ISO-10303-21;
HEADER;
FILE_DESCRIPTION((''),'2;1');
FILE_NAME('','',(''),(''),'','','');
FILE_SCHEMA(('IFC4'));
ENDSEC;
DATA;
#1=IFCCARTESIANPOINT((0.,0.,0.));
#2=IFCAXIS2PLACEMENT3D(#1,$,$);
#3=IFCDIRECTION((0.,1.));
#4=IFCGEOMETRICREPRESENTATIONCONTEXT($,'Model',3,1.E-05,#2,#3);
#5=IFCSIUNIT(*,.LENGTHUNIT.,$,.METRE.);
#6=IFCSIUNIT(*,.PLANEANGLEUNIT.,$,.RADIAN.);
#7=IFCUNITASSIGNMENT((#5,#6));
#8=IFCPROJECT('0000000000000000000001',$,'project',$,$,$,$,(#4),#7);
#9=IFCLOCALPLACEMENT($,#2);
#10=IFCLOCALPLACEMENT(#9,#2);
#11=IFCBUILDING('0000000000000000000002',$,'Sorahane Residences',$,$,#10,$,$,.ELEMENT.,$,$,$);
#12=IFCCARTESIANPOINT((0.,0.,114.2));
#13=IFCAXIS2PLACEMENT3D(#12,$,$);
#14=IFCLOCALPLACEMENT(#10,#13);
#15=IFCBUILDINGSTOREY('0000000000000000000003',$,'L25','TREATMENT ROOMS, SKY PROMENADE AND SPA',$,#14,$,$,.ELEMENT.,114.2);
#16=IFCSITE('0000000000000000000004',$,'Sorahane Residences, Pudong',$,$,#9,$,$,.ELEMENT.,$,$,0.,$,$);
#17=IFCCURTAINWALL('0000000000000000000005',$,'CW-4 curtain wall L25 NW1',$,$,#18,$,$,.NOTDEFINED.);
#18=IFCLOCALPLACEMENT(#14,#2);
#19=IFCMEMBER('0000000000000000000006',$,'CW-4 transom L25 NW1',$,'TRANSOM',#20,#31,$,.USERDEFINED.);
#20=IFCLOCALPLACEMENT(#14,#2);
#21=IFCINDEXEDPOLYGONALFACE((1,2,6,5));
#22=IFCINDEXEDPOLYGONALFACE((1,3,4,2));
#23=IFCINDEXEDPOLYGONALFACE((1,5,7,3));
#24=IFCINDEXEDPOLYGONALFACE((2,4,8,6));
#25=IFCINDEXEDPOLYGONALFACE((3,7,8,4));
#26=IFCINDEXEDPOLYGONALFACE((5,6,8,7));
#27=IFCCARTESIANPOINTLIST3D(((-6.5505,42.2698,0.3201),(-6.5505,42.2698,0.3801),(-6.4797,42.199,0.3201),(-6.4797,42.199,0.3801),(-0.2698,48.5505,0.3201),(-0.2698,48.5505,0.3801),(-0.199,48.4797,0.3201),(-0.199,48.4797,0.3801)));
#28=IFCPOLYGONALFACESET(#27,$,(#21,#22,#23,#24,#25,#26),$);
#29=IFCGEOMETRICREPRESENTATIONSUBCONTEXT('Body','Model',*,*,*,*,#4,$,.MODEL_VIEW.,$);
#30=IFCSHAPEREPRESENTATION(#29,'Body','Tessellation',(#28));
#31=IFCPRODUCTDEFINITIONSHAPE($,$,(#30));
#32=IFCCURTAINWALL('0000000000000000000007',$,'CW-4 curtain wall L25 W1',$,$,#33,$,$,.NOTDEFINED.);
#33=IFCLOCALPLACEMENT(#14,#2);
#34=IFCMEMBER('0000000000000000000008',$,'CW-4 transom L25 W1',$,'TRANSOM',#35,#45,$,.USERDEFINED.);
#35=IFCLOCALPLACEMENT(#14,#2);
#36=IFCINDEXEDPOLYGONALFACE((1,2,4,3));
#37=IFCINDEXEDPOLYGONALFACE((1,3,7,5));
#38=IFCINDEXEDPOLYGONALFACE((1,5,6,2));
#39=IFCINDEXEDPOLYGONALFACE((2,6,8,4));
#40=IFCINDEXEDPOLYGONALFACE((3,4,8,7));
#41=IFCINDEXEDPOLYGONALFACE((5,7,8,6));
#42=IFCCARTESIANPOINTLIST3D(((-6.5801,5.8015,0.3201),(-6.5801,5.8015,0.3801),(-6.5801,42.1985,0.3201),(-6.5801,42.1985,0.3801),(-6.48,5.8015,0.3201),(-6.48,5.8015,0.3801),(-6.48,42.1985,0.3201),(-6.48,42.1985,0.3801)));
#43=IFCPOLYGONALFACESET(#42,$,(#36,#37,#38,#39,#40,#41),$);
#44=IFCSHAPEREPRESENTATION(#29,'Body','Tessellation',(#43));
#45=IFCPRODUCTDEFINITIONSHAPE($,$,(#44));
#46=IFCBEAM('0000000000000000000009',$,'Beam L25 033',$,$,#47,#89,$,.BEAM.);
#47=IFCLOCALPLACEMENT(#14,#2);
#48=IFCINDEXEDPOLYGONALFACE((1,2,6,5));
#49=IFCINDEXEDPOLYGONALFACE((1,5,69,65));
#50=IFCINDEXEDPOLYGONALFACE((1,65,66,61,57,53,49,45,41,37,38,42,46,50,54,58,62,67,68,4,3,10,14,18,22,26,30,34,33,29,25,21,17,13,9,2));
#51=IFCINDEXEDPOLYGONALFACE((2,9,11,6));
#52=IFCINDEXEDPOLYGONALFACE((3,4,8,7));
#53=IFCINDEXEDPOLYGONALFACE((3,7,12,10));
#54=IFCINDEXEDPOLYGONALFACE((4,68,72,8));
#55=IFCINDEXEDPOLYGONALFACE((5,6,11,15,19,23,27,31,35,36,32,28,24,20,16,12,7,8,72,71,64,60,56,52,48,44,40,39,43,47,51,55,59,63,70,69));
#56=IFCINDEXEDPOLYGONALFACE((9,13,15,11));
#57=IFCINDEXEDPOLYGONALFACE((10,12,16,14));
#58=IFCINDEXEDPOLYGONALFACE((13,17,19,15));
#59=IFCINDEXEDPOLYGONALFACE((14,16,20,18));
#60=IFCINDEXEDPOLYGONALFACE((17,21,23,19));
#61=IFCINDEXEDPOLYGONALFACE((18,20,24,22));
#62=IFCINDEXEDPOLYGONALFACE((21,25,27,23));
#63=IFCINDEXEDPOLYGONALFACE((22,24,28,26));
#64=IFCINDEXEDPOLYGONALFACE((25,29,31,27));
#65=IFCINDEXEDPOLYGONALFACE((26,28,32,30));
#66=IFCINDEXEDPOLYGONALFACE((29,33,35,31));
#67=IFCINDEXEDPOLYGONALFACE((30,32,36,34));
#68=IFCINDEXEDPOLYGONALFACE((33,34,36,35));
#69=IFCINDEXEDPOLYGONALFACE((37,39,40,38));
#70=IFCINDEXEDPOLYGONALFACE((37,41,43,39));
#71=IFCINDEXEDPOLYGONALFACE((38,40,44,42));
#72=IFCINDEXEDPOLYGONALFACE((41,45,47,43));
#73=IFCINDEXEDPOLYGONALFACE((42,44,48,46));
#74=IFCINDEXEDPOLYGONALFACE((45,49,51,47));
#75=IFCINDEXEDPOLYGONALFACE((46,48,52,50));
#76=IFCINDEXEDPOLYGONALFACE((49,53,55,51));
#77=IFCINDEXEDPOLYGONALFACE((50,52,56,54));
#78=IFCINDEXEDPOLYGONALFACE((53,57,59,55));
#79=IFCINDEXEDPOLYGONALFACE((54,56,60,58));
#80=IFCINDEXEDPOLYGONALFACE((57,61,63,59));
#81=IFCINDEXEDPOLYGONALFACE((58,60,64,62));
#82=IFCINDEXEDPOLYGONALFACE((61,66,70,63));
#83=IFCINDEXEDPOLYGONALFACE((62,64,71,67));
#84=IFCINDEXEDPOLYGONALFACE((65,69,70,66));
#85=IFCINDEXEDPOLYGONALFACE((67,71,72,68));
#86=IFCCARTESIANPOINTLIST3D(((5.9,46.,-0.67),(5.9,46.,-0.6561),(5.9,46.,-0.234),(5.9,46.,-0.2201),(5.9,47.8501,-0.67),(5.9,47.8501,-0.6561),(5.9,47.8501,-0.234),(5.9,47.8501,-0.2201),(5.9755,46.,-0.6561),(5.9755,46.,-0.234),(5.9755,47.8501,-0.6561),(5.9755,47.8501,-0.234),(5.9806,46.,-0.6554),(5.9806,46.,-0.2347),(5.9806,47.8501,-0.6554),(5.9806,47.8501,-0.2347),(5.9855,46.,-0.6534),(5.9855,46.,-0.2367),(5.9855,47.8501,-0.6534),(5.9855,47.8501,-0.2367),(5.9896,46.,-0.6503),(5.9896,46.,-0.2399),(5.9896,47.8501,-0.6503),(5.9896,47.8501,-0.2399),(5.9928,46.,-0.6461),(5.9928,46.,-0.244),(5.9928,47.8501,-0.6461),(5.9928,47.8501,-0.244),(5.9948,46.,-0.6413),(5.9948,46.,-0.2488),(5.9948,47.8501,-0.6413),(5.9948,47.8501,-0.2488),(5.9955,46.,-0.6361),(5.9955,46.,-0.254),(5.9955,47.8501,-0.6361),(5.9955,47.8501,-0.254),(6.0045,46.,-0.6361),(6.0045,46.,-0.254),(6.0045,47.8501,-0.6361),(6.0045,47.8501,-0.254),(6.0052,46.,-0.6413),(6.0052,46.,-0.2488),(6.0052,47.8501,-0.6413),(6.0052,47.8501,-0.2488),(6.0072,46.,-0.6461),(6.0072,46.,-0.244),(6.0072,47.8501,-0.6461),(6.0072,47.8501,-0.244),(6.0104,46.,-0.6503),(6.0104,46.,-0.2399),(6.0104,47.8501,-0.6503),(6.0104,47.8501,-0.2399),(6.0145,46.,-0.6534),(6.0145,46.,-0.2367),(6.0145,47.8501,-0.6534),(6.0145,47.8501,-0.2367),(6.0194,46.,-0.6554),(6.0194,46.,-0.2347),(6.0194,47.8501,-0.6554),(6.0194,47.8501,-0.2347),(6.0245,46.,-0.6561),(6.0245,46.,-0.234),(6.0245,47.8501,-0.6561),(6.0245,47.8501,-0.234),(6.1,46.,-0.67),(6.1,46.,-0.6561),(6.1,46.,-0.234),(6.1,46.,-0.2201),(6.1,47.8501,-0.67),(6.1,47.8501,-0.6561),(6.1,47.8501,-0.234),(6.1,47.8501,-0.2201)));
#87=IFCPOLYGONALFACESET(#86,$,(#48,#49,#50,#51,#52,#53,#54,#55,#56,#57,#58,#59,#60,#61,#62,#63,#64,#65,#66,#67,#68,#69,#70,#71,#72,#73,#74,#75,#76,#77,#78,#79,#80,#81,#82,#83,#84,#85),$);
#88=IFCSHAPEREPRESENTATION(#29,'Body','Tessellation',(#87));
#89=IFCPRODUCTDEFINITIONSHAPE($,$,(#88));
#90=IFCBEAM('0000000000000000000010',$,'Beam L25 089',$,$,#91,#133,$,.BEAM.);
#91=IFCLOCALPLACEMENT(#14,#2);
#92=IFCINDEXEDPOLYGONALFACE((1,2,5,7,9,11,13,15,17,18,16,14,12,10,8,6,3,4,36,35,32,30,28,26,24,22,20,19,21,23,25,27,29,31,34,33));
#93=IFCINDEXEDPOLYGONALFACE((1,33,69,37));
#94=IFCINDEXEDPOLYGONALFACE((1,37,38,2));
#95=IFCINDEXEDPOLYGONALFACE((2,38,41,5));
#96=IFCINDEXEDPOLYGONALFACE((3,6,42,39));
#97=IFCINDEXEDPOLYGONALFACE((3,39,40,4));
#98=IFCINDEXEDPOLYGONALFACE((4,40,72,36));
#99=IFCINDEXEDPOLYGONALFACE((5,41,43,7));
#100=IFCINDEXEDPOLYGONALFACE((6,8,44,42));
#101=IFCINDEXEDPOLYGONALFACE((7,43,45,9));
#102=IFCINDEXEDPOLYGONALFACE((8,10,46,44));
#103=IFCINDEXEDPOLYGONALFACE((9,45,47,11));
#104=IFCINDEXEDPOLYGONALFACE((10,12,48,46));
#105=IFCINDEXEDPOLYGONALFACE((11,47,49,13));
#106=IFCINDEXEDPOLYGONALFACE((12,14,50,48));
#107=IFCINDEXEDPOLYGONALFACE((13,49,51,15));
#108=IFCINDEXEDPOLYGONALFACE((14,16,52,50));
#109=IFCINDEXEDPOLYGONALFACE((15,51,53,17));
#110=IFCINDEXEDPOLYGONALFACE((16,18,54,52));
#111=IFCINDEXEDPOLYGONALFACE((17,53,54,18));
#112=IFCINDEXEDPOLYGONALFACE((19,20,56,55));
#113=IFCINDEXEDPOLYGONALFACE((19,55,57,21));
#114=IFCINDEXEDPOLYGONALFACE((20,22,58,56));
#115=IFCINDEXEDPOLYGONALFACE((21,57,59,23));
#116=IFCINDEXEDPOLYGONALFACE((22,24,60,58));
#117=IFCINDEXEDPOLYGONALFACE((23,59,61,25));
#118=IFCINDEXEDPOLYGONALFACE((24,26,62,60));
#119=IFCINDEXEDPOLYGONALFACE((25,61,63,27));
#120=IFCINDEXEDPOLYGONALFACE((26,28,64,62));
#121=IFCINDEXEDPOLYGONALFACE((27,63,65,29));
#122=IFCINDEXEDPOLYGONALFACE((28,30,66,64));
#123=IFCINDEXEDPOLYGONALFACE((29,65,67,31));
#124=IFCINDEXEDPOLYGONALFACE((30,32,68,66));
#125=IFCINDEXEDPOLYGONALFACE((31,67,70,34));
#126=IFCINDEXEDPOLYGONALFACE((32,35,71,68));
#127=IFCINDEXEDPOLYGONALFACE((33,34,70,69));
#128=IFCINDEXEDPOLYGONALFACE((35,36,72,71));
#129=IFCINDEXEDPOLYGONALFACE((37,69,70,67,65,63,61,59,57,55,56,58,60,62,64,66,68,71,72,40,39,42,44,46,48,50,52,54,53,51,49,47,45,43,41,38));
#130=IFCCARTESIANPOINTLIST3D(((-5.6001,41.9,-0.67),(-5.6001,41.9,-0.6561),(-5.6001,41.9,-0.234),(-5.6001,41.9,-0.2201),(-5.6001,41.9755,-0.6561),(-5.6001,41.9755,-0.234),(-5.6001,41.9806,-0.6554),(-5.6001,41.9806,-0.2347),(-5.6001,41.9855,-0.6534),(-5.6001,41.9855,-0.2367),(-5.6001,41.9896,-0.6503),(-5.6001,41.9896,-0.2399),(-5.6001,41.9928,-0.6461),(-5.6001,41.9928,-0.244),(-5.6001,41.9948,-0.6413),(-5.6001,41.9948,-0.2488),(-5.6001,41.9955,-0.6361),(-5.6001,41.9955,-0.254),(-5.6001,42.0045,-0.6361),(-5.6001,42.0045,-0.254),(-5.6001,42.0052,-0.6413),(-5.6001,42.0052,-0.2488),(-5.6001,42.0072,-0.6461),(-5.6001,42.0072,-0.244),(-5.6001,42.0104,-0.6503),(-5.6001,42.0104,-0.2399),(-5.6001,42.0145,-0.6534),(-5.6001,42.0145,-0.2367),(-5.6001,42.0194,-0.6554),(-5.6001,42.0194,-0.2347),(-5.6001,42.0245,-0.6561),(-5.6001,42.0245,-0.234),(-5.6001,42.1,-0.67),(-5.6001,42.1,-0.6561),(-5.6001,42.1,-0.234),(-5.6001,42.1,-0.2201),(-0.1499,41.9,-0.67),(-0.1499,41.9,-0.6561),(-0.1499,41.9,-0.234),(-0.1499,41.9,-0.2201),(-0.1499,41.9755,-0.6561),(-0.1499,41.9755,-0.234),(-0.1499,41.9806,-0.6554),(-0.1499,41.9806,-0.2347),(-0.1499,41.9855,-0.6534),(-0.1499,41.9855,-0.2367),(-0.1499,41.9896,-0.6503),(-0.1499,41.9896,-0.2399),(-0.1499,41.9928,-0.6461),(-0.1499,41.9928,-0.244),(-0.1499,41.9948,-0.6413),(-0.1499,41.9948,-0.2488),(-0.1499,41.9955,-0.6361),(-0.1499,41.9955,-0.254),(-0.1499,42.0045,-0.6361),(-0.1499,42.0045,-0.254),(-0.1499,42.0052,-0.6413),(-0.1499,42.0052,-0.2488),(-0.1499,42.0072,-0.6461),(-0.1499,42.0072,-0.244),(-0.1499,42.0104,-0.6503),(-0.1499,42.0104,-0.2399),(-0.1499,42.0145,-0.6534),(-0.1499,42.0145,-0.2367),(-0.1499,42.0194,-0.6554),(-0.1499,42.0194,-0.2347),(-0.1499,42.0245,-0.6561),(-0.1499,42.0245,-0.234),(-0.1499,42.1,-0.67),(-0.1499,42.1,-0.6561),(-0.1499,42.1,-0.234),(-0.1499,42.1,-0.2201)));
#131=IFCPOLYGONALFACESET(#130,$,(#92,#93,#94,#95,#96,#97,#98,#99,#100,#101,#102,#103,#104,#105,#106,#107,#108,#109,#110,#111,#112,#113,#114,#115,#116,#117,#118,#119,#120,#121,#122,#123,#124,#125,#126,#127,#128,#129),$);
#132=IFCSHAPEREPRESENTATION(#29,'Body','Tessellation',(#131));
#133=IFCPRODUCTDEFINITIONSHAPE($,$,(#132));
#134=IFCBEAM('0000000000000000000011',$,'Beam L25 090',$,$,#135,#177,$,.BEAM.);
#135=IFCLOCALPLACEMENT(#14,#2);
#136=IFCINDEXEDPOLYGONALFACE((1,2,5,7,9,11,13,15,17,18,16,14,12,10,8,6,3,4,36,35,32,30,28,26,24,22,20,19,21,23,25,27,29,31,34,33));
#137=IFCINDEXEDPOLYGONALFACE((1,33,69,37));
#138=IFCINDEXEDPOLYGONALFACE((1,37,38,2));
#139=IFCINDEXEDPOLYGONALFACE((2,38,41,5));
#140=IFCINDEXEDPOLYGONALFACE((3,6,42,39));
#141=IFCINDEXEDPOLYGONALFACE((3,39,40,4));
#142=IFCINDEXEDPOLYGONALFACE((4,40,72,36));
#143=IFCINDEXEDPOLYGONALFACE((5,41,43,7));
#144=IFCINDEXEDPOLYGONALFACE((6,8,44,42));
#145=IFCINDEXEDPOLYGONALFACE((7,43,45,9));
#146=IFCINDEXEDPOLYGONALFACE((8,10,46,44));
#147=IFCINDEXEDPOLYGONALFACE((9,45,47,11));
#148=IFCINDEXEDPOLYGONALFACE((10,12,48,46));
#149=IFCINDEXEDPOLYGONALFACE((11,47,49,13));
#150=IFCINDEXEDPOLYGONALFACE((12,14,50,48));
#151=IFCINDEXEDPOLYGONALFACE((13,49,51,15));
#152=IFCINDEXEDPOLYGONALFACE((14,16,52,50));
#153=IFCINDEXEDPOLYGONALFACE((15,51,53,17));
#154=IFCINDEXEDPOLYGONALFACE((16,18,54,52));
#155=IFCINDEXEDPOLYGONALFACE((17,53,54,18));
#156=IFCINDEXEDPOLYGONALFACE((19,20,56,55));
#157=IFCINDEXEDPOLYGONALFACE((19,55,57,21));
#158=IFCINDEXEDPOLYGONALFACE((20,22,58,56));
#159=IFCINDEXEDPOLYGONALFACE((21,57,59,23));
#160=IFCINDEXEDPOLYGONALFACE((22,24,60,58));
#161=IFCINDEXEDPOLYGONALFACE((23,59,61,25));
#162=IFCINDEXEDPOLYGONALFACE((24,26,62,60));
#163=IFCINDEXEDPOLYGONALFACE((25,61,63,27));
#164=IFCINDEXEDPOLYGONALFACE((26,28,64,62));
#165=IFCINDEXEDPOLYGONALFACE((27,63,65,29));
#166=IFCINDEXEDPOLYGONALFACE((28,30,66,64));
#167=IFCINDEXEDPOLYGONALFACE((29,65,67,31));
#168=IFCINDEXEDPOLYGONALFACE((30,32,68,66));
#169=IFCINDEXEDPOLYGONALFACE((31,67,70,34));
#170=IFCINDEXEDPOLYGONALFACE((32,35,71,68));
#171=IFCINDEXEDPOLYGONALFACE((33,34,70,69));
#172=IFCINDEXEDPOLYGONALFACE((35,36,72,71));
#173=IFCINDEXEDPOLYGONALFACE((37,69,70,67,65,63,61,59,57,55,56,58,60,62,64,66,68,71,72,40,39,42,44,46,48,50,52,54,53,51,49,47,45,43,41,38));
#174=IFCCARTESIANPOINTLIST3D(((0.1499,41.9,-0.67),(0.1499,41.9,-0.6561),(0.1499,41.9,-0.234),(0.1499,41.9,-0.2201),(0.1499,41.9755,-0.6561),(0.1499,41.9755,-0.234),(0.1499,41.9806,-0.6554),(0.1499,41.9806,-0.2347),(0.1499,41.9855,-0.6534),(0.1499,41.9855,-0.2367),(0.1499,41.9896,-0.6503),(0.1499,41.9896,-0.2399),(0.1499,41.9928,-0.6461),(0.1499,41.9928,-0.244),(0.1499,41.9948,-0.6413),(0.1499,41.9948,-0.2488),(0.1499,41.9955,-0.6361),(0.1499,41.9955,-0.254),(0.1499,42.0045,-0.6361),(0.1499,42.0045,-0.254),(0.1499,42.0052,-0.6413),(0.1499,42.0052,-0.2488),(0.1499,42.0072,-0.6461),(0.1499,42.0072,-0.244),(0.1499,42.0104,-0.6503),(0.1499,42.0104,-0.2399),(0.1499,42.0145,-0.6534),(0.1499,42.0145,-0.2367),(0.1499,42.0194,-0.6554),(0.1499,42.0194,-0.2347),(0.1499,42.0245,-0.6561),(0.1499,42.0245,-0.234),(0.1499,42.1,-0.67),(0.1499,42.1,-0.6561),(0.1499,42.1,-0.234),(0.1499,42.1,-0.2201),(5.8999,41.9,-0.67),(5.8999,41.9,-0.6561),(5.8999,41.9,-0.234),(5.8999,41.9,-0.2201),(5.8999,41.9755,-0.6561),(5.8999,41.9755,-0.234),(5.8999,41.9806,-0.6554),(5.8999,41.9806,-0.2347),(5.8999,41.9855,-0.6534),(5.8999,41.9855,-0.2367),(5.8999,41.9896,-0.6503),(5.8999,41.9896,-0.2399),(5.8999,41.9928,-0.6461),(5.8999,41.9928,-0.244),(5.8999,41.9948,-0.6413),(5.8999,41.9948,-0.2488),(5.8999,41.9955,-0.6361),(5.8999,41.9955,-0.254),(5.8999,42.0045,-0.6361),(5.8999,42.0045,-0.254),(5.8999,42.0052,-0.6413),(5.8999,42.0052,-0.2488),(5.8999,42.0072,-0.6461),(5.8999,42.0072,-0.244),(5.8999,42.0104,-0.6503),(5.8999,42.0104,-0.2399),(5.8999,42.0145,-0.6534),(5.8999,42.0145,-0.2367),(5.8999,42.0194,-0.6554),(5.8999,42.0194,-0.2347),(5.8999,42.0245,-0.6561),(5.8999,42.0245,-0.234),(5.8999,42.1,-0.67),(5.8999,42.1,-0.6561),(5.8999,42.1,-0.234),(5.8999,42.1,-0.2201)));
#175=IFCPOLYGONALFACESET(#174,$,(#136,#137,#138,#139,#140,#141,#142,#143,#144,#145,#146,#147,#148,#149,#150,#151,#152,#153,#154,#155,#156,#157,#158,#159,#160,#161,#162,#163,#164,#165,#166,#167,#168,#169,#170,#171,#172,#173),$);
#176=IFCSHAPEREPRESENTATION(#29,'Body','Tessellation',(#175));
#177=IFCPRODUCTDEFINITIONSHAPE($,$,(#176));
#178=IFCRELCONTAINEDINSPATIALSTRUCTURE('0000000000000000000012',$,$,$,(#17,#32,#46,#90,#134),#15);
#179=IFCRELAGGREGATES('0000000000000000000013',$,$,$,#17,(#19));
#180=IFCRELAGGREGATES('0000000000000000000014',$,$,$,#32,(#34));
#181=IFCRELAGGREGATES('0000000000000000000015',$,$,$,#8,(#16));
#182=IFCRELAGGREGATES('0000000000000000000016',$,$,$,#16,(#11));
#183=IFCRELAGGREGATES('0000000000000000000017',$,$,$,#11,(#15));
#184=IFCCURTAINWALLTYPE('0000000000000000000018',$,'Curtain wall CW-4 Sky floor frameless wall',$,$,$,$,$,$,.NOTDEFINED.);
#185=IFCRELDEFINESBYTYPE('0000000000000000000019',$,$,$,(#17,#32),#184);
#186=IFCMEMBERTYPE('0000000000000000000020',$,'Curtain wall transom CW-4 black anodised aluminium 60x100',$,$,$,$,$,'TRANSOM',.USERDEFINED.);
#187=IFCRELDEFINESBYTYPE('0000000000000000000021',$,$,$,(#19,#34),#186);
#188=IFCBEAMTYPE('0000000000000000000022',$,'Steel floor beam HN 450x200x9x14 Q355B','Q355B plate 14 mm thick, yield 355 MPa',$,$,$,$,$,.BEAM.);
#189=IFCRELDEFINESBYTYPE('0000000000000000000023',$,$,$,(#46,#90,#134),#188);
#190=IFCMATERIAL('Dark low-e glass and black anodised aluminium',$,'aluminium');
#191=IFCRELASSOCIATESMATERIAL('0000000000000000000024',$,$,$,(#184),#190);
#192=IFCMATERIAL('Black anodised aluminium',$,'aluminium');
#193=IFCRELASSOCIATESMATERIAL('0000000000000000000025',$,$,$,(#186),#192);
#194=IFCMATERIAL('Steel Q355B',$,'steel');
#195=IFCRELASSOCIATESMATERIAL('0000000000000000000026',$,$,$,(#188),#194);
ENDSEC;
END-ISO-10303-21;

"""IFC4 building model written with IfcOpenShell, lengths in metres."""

from ifc_helpers import new_model, si_unit, direction, frame, origin, origin_2d, place, context, subcontext, project, spatial, rectangle, i_section, extrude, material, material_profile, profile_set, type_object, element, aggregate, save


model = new_model("IFC4")

# Units and contexts
model_context = context("Model", 3, precision=1e-05, world=origin(), true_north=direction((0.0, 1.0)))
body_context = subcontext(model_context, "Body", "Model", "MODEL_VIEW")
ifc_project = project(units=[si_unit("LENGTHUNIT", "METRE"), si_unit("PLANEANGLEUNIT", "RADIAN")], contexts=[model_context])

# Site, building, storey
site_placement = place(None, origin())
site = spatial("IfcSite", under=ifc_project, at=site_placement, Name="Sorahane Residences, Pudong", CompositionType="ELEMENT", RefElevation=0.0)
building_placement = place(site_placement, origin())
building = spatial("IfcBuilding", under=site, at=building_placement, Name="Sorahane Residences", CompositionType="ELEMENT")
storey_placement = place(building_placement, frame((0.0, 0.0, 114.2)))
storey = spatial("IfcBuildingStorey", under=building, at=storey_placement, Name="L25", Description="TREATMENT ROOMS, SKY PROMENADE AND SPA", CompositionType="ELEMENT", Elevation=114.2)

# Curtain wall, member
ifc_material_1 = material(Name="Dark low-e glass and black anodised aluminium", Category="aluminium")
curtain_wall_type = type_object("IfcCurtainWallType", Name="Curtain wall CW-4 Sky floor frameless wall", PredefinedType="NOTDEFINED", material=ifc_material_1)
curtain_wall_1_placement = place(storey_placement, origin())
curtain_wall_1 = element("IfcCurtainWall", 1, at=curtain_wall_1_placement, inside=storey, type_object=curtain_wall_type, Name="CW-4 curtain wall L25 NW1", PredefinedType="NOTDEFINED")
ifc_material_2 = material(Name="Black anodised aluminium", Category="aluminium")
ifc_material_profile_1 = material_profile(ifc_material_2, rectangle(XDim=0.1001, YDim=0.0601, at=origin_2d()), Name="Curtain wall transom CW-4 black anodised aluminium 60x100")
ifc_profile_set_1 = profile_set([ifc_material_profile_1], Name="Black anodised aluminium")
member_type_1 = type_object("IfcMemberType", Name="Curtain wall transom CW-4 black anodised aluminium 60x100", ElementType="TRANSOM", PredefinedType="USERDEFINED", material=ifc_profile_set_1)
member_1_placement = place(storey_placement, frame((-0.2344, 48.5151, 0.3501), z_axis=(-0.707107, -0.707107, 0.0), x_axis=(0.707107, -0.707107, 0.0)))
member_1 = element("IfcMember", 2, at=member_1_placement, type_object=member_type_1, Name="CW-4 transom L25 NW1", ObjectType="TRANSOM", PredefinedType="USERDEFINED", context=body_context, shape_type="SweptSolid", body=[
    extrude(rectangle(XDim=0.1001, YDim=0.0601, at=origin_2d()), origin(), (0.0, 0.0, 1.0), 8.8823),
])

# Curtain wall, member
curtain_wall_2_placement = place(storey_placement, origin())
curtain_wall_2 = element("IfcCurtainWall", 3, at=curtain_wall_2_placement, inside=storey, type_object=curtain_wall_type, Name="CW-4 curtain wall L25 W1", PredefinedType="NOTDEFINED")
member_2_placement = place(storey_placement, frame((-6.53, 42.1985, 0.3501), z_axis=(0.0, -1.0, 0.0), x_axis=(1.0, 0.0, 0.0)))
member_2 = element("IfcMember", 4, at=member_2_placement, type_object=member_type_1, Name="CW-4 transom L25 W1", ObjectType="TRANSOM", PredefinedType="USERDEFINED", context=body_context, shape_type="SweptSolid", body=[
    extrude(rectangle(XDim=0.1001, YDim=0.0601, at=origin_2d()), origin(), (0.0, 0.0, 1.0), 36.397),
])

# Beams
ifc_material_3 = material(Name="Steel Q355B", Category="steel")
ifc_material_profile_2 = material_profile(ifc_material_3, i_section(OverallWidth=0.2, OverallDepth=0.45, WebThickness=0.009, FlangeThickness=0.0139, FilletRadius=0.02, at=origin_2d()), Name="HN 450x200x9x14")
ifc_profile_set_2 = profile_set([ifc_material_profile_2], Name="Steel Q355B")
beam_type_1 = type_object("IfcBeamType", Name="Steel floor beam HN 450x200x9x14 Q355B", Description="Q355B plate 14 mm thick, yield 355 MPa", PredefinedType="BEAM", material=ifc_profile_set_2)
beam_1_placement = place(storey_placement, frame((6.0, 46.0, -0.4451), z_axis=(0.0, 1.0, 0.0), x_axis=(-1.0, 0.0, 0.0)))
element("IfcBeam", 5, at=beam_1_placement, inside=storey, type_object=beam_type_1, Name="Beam L25 033", PredefinedType="BEAM", context=body_context, shape_type="SweptSolid", body=[
    extrude(i_section(OverallWidth=0.2, OverallDepth=0.45, WebThickness=0.009, FlangeThickness=0.0139, FilletRadius=0.02, at=origin_2d()), origin(), (0.0, 0.0, 1.0), 1.8501),
])
beam_2_placement = place(storey_placement, frame((-5.6001, 42.0, -0.4451), z_axis=(1.0, 0.0, 0.0), x_axis=(0.0, 1.0, 0.0)))
element("IfcBeam", 6, at=beam_2_placement, inside=storey, type_object=beam_type_1, Name="Beam L25 089", PredefinedType="BEAM", context=body_context, shape_type="SweptSolid", body=[
    extrude(i_section(OverallWidth=0.2, OverallDepth=0.45, WebThickness=0.009, FlangeThickness=0.0139, FilletRadius=0.02, at=origin_2d()), origin(), (0.0, 0.0, 1.0), 5.4502),
])
beam_3_placement = place(storey_placement, frame((0.1499, 42.0, -0.4451), z_axis=(1.0, 0.0, 0.0), x_axis=(0.0, 1.0, 0.0)))
element("IfcBeam", 7, at=beam_3_placement, inside=storey, type_object=beam_type_1, Name="Beam L25 090", PredefinedType="BEAM", context=body_context, shape_type="SweptSolid", body=[
    extrude(i_section(OverallWidth=0.2, OverallDepth=0.45, WebThickness=0.009, FlangeThickness=0.0139, FilletRadius=0.02, at=origin_2d()), origin(), (0.0, 0.0, 1.0), 5.75),
])

aggregate(curtain_wall_1, [member_1])
aggregate(curtain_wall_2, [member_2])

save(model, "model.ifc")
